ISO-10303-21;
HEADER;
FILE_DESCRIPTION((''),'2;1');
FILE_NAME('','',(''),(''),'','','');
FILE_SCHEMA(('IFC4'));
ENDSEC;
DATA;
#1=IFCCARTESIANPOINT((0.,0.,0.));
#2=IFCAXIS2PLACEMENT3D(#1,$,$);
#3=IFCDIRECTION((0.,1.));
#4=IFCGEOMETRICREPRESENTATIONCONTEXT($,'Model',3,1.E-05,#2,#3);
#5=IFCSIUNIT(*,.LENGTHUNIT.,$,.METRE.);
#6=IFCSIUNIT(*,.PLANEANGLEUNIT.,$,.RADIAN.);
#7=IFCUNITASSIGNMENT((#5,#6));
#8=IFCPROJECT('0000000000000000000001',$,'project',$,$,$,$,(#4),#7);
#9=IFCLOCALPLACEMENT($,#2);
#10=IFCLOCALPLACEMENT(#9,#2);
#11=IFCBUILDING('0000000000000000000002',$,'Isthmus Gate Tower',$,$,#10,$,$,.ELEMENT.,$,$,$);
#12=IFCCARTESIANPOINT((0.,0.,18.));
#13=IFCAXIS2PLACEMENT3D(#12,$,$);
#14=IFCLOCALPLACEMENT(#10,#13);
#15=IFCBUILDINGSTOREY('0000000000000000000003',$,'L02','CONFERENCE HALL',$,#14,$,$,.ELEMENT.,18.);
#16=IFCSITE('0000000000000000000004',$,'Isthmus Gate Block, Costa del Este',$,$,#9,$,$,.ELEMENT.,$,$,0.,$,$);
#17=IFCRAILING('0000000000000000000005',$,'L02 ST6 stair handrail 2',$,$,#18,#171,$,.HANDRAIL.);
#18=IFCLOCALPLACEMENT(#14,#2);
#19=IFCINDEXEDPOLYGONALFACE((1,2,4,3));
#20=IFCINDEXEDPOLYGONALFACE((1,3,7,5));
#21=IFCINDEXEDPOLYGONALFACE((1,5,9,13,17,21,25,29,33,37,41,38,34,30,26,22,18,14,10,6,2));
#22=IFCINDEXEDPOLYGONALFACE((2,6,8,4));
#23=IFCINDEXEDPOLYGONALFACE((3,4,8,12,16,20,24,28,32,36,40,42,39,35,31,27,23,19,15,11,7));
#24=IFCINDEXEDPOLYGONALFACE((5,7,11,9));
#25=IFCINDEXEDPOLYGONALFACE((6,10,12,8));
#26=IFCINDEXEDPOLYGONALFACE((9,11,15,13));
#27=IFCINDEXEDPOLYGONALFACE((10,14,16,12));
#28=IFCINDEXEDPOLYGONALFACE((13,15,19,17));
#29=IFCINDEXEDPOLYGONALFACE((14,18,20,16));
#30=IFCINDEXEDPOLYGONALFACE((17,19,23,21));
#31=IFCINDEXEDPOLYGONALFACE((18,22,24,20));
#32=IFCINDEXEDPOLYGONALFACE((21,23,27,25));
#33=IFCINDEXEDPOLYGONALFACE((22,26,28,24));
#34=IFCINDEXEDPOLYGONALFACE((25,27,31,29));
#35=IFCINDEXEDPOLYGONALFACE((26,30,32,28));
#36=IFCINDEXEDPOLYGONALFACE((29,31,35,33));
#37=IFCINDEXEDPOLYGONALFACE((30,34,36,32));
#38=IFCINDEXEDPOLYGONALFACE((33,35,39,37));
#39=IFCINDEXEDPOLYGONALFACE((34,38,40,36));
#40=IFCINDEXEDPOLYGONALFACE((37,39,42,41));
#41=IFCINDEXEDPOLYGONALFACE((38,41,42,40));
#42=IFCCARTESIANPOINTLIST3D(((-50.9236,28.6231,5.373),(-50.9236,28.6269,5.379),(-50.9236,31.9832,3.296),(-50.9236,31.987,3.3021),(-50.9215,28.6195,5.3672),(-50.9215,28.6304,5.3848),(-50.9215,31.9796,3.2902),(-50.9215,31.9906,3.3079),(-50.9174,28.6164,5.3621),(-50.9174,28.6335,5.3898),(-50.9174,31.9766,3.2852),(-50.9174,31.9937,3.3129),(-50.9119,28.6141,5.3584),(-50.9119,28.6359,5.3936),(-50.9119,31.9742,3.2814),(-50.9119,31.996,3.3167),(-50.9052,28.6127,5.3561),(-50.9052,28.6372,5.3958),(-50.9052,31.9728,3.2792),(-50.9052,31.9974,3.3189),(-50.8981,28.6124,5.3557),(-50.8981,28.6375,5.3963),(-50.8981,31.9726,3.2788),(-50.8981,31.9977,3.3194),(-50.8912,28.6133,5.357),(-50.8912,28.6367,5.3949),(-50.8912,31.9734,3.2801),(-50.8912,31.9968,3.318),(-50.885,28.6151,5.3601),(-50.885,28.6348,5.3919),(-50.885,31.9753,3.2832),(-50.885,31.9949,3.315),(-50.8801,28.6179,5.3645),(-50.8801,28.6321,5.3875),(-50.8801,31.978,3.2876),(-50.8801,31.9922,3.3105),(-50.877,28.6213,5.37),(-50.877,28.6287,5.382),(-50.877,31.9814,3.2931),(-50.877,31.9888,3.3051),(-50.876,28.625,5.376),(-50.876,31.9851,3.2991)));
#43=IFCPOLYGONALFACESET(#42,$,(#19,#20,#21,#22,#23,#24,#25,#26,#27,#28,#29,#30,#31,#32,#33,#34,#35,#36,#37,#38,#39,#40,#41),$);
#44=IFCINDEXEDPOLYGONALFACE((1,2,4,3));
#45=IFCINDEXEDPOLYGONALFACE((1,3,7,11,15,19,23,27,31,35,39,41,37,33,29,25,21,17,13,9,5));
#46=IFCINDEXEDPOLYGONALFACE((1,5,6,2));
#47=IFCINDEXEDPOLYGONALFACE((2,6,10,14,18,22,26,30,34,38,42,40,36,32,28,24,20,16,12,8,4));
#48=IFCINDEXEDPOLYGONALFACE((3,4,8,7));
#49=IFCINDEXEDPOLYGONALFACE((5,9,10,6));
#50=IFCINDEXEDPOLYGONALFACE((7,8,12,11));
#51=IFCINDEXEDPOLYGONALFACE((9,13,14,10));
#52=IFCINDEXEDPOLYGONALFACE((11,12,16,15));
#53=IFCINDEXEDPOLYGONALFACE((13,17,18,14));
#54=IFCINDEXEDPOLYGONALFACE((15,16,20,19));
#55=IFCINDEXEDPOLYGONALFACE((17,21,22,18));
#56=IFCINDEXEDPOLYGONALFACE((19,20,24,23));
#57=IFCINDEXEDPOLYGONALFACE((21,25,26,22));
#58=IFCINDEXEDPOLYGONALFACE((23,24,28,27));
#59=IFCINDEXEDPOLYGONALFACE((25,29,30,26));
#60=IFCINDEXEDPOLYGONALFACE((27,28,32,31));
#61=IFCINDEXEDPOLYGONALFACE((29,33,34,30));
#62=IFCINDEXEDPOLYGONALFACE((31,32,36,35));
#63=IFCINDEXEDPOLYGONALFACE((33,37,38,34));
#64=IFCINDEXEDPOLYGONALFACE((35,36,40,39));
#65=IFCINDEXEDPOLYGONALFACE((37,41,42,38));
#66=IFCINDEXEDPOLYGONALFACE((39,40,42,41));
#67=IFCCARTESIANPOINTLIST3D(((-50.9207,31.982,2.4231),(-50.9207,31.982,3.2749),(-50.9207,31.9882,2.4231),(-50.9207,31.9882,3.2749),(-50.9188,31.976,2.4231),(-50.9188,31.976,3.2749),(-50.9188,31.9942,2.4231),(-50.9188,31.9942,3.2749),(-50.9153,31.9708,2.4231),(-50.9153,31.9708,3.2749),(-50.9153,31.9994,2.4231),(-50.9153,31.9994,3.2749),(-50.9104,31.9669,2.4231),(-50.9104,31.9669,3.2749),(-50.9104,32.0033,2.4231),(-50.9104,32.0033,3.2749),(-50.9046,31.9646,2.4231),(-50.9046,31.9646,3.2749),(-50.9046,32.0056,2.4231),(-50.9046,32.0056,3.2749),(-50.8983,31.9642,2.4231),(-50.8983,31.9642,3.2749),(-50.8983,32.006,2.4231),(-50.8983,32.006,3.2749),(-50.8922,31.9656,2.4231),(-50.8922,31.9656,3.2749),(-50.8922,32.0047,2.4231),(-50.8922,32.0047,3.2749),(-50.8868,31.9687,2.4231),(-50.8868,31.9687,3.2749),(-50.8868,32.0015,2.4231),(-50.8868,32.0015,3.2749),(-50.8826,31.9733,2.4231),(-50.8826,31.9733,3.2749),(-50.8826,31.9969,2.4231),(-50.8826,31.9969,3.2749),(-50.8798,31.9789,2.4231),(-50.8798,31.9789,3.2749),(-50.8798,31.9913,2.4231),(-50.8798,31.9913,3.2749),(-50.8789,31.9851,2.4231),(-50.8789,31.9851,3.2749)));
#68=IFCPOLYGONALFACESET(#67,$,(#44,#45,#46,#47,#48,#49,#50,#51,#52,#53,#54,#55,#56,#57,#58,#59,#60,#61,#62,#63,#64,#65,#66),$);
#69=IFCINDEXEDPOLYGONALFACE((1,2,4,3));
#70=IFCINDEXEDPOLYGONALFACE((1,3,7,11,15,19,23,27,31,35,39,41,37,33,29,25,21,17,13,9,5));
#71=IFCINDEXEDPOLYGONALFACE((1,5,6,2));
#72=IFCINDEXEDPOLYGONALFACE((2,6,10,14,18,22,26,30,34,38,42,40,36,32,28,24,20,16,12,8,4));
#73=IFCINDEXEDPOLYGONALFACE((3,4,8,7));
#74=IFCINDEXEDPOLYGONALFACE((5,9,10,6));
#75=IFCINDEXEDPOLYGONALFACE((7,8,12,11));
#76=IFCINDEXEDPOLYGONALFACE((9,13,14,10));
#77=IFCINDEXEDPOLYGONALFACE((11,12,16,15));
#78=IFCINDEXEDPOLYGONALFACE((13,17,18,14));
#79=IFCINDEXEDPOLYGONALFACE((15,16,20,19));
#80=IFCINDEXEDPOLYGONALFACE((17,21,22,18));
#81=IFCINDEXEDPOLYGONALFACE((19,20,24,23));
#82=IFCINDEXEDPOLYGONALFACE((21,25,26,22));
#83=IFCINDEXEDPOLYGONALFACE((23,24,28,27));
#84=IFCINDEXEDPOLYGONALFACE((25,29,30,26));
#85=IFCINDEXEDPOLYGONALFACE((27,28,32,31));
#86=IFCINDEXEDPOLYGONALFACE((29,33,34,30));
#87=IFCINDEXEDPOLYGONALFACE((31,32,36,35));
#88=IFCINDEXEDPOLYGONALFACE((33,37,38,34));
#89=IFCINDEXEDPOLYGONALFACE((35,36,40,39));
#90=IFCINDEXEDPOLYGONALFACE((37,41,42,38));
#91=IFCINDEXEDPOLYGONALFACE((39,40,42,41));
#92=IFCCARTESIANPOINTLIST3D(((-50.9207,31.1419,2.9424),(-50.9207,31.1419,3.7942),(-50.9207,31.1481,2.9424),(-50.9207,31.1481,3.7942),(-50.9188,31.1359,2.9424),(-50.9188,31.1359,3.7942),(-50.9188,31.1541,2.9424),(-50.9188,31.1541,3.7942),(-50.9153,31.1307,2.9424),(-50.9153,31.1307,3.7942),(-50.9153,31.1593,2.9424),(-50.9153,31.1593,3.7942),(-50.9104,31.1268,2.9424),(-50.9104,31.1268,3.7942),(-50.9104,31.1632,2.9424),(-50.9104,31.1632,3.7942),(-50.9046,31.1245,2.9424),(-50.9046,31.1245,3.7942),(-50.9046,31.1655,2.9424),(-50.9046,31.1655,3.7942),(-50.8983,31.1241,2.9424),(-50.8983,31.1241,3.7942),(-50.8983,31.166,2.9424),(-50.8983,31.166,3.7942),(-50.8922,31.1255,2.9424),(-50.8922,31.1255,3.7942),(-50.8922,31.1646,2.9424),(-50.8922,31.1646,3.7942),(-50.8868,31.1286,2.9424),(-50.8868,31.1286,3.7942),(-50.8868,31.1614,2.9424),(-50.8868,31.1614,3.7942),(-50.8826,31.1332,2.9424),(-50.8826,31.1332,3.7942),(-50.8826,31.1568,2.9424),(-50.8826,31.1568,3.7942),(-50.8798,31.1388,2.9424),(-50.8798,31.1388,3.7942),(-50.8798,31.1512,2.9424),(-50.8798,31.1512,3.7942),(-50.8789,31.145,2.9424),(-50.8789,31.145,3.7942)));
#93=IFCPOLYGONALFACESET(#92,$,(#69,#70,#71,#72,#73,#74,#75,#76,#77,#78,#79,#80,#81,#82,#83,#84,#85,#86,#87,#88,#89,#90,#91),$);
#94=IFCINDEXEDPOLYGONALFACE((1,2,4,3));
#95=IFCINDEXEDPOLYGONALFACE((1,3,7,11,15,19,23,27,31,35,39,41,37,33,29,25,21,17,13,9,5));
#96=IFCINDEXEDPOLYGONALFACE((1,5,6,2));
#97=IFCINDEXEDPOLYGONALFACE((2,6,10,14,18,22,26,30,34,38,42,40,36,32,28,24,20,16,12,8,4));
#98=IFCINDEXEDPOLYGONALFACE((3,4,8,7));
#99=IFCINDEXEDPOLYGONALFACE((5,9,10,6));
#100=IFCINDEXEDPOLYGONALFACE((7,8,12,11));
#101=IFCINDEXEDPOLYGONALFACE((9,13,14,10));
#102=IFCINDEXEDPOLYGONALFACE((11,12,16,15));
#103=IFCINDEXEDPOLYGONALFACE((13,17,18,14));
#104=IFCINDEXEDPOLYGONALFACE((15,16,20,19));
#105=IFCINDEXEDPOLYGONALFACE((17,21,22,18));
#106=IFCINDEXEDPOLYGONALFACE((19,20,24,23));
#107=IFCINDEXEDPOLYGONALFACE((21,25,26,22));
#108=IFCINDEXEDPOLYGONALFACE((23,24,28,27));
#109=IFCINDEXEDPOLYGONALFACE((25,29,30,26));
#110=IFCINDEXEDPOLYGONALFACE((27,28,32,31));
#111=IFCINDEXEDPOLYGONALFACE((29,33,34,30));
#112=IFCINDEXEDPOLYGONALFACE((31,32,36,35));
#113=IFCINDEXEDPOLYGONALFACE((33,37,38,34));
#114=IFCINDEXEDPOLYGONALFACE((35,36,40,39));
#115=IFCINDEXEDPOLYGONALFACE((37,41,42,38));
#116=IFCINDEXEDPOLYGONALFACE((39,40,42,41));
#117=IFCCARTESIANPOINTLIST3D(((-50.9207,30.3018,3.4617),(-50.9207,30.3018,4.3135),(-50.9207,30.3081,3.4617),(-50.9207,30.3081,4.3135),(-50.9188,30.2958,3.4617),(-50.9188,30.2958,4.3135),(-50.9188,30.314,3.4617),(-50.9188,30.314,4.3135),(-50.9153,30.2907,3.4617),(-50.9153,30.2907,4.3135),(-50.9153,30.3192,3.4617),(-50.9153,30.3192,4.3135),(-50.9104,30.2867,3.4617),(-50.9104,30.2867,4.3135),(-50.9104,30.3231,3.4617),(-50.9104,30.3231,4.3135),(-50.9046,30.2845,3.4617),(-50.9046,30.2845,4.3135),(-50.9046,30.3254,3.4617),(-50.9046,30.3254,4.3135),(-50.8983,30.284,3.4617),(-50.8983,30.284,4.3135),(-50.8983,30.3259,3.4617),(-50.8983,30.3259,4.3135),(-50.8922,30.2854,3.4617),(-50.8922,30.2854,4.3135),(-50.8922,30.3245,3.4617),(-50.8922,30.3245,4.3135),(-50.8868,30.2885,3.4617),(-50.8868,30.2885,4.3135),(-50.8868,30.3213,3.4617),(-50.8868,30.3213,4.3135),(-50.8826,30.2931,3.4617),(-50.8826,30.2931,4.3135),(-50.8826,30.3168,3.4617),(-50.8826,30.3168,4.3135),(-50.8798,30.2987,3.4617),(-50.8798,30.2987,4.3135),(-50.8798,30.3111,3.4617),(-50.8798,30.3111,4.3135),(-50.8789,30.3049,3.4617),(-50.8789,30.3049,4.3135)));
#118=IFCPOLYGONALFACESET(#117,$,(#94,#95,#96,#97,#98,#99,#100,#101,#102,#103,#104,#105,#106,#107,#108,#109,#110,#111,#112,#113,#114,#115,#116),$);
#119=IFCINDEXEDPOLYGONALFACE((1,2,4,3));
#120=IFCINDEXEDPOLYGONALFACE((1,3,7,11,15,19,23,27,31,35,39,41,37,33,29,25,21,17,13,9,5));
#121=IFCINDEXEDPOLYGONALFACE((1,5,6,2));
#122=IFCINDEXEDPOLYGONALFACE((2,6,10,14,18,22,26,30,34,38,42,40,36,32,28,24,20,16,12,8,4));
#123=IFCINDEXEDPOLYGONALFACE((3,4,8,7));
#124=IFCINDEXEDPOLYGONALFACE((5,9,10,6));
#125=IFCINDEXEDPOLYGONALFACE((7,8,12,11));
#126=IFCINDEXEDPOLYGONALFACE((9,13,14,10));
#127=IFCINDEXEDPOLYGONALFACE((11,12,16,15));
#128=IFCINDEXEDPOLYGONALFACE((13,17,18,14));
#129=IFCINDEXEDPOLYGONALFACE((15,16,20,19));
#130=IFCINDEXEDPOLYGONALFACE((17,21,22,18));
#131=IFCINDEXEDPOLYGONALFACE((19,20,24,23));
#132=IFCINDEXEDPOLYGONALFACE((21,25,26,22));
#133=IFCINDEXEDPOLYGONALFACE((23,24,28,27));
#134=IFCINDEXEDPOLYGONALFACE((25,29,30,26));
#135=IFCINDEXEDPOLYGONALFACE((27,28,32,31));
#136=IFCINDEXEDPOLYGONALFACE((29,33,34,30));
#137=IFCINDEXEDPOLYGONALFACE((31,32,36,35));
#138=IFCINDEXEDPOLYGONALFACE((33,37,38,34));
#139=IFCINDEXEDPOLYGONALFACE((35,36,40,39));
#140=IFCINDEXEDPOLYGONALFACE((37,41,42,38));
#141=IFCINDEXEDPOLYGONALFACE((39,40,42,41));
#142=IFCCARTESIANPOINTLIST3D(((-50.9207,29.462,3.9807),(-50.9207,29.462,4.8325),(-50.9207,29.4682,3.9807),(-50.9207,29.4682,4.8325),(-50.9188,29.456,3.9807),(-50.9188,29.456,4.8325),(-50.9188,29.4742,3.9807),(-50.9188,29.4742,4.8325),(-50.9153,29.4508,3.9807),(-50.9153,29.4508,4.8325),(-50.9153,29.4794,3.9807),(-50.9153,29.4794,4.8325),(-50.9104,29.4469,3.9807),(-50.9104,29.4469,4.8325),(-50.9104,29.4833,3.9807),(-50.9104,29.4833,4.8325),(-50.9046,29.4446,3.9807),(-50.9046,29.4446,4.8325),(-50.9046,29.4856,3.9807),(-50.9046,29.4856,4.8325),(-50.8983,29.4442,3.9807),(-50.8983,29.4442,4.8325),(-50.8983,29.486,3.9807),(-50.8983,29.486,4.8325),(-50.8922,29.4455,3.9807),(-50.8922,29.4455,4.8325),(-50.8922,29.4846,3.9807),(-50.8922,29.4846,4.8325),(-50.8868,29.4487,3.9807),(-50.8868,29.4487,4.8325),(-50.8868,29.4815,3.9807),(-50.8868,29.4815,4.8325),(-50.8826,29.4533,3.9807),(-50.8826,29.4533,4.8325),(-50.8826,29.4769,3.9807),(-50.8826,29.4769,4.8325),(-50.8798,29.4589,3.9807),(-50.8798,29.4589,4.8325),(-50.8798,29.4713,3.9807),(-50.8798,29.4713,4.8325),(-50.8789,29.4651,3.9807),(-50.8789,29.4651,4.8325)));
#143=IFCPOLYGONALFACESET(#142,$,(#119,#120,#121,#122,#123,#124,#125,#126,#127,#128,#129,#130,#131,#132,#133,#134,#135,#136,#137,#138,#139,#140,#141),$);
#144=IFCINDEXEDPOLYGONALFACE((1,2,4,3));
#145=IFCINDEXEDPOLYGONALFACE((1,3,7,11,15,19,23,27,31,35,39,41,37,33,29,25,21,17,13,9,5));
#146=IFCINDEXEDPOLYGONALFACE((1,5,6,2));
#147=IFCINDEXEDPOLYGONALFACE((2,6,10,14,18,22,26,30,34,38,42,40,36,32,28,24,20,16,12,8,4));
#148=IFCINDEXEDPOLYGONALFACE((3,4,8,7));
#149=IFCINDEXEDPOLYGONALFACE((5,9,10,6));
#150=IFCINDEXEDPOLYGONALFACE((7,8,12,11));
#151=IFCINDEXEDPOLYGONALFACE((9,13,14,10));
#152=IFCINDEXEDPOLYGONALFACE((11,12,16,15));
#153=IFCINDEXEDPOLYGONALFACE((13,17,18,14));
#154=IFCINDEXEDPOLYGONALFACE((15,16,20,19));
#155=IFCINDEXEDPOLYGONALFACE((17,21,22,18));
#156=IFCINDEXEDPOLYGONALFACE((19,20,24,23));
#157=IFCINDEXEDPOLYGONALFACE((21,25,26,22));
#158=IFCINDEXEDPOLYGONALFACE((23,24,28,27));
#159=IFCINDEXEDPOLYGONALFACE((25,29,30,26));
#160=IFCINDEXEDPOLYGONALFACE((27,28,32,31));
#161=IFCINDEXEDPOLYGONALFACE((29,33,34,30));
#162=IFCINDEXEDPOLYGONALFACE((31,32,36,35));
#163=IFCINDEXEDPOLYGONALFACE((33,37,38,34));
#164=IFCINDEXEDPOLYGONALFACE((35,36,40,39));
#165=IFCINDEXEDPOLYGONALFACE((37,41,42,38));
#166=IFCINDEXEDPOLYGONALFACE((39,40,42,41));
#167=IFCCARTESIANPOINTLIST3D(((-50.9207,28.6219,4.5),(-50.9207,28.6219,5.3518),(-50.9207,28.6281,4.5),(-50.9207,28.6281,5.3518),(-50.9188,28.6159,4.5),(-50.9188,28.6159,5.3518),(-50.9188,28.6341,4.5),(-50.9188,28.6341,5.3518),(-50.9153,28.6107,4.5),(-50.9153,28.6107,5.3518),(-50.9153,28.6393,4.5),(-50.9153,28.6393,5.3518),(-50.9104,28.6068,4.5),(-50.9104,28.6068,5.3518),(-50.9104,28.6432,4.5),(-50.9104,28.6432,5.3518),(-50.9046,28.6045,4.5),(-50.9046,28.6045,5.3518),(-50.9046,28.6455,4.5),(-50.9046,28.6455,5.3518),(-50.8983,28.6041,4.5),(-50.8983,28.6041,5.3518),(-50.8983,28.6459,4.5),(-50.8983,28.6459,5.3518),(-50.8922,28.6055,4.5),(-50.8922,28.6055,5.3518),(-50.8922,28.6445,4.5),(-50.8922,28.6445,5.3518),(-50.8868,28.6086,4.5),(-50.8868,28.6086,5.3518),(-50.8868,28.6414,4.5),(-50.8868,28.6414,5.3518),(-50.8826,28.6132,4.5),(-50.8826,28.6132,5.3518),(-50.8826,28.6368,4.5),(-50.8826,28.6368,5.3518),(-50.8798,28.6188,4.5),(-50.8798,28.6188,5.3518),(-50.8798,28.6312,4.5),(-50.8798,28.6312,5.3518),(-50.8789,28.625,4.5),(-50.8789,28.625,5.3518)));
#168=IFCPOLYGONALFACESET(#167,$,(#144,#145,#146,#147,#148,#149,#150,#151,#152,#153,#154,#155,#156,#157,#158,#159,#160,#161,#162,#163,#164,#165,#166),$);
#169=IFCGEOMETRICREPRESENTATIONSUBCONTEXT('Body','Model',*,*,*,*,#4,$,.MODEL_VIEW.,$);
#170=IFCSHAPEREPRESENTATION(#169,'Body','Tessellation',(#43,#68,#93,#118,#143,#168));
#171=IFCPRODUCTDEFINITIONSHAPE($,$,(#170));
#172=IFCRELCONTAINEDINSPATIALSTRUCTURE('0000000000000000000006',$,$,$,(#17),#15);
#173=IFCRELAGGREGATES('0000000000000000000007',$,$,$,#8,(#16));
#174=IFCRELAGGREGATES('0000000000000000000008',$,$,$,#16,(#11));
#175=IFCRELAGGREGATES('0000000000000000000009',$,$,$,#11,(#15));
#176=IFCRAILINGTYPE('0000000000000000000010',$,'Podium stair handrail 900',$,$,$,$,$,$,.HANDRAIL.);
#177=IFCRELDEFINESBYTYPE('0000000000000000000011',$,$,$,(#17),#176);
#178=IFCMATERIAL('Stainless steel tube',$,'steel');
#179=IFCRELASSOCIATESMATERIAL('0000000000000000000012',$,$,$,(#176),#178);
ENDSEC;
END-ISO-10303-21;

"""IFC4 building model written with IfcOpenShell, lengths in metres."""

from ifc_helpers import new_model, si_unit, direction, frame, origin, origin_2d, place, context, subcontext, project, spatial, circle, extrude, material, type_object, element, save


model = new_model("IFC4")

# Units and contexts
model_context = context("Model", 3, precision=1e-05, world=origin(), true_north=direction((0.0, 1.0)))
body_context = subcontext(model_context, "Body", "Model", "MODEL_VIEW")
ifc_project = project(units=[si_unit("LENGTHUNIT", "METRE"), si_unit("PLANEANGLEUNIT", "RADIAN")], contexts=[model_context])

# Site, building, storey
site_placement = place(None, origin())
site = spatial("IfcSite", under=ifc_project, at=site_placement, Name="Isthmus Gate Block, Costa del Este", CompositionType="ELEMENT", RefElevation=0.0)
building_placement = place(site_placement, origin())
building = spatial("IfcBuilding", under=site, at=building_placement, Name="Isthmus Gate Tower", CompositionType="ELEMENT")
storey_placement = place(building_placement, frame((0.0, 0.0, 18.0)))
storey = spatial("IfcBuildingStorey", under=building, at=storey_placement, Name="L02", Description="CONFERENCE HALL", CompositionType="ELEMENT", Elevation=18.0)

# Railing
ifc_material_1 = material(Name="Stainless steel tube", Category="steel")
railing_type_1 = type_object("IfcRailingType", Name="Podium stair handrail 900", PredefinedType="HANDRAIL", material=ifc_material_1)
railing_1_placement = place(storey_placement, frame((-50.8999, 31.9851, 2.4231)))
element("IfcRailing", 1, at=railing_1_placement, inside=storey, type_object=railing_type_1, Name="L02 ST6 stair handrail 2", PredefinedType="HANDRAIL", context=body_context, shape_type="SweptSolid", body=[
    extrude(circle(Radius=0.0239, at=origin_2d()), frame((0.0, 0.0, 0.876), z_axis=(0.0, -0.850623, 0.525776), x_axis=(1.0, 0.0, 0.0)), (0.0, 0.0, 1.0), 3.9502),
    extrude(circle(Radius=0.021, at=origin_2d()), origin(), (0.0, 0.0, 1.0), 0.8518),
    extrude(circle(Radius=0.021, at=origin_2d()), frame((0.0, -0.8401, 0.5193)), (0.0, 0.0, 1.0), 0.8518),
    extrude(circle(Radius=0.021, at=origin_2d()), frame((0.0, -1.6802, 1.0386)), (0.0, 0.0, 1.0), 0.8518),
    extrude(circle(Radius=0.021, at=origin_2d()), frame((0.0, -2.52, 1.5576)), (0.0, 0.0, 1.0), 0.8518),
    extrude(circle(Radius=0.021, at=origin_2d()), frame((0.0, -3.3601, 2.0769)), (0.0, 0.0, 1.0), 0.8518),
])

save(model, "model.ifc")
